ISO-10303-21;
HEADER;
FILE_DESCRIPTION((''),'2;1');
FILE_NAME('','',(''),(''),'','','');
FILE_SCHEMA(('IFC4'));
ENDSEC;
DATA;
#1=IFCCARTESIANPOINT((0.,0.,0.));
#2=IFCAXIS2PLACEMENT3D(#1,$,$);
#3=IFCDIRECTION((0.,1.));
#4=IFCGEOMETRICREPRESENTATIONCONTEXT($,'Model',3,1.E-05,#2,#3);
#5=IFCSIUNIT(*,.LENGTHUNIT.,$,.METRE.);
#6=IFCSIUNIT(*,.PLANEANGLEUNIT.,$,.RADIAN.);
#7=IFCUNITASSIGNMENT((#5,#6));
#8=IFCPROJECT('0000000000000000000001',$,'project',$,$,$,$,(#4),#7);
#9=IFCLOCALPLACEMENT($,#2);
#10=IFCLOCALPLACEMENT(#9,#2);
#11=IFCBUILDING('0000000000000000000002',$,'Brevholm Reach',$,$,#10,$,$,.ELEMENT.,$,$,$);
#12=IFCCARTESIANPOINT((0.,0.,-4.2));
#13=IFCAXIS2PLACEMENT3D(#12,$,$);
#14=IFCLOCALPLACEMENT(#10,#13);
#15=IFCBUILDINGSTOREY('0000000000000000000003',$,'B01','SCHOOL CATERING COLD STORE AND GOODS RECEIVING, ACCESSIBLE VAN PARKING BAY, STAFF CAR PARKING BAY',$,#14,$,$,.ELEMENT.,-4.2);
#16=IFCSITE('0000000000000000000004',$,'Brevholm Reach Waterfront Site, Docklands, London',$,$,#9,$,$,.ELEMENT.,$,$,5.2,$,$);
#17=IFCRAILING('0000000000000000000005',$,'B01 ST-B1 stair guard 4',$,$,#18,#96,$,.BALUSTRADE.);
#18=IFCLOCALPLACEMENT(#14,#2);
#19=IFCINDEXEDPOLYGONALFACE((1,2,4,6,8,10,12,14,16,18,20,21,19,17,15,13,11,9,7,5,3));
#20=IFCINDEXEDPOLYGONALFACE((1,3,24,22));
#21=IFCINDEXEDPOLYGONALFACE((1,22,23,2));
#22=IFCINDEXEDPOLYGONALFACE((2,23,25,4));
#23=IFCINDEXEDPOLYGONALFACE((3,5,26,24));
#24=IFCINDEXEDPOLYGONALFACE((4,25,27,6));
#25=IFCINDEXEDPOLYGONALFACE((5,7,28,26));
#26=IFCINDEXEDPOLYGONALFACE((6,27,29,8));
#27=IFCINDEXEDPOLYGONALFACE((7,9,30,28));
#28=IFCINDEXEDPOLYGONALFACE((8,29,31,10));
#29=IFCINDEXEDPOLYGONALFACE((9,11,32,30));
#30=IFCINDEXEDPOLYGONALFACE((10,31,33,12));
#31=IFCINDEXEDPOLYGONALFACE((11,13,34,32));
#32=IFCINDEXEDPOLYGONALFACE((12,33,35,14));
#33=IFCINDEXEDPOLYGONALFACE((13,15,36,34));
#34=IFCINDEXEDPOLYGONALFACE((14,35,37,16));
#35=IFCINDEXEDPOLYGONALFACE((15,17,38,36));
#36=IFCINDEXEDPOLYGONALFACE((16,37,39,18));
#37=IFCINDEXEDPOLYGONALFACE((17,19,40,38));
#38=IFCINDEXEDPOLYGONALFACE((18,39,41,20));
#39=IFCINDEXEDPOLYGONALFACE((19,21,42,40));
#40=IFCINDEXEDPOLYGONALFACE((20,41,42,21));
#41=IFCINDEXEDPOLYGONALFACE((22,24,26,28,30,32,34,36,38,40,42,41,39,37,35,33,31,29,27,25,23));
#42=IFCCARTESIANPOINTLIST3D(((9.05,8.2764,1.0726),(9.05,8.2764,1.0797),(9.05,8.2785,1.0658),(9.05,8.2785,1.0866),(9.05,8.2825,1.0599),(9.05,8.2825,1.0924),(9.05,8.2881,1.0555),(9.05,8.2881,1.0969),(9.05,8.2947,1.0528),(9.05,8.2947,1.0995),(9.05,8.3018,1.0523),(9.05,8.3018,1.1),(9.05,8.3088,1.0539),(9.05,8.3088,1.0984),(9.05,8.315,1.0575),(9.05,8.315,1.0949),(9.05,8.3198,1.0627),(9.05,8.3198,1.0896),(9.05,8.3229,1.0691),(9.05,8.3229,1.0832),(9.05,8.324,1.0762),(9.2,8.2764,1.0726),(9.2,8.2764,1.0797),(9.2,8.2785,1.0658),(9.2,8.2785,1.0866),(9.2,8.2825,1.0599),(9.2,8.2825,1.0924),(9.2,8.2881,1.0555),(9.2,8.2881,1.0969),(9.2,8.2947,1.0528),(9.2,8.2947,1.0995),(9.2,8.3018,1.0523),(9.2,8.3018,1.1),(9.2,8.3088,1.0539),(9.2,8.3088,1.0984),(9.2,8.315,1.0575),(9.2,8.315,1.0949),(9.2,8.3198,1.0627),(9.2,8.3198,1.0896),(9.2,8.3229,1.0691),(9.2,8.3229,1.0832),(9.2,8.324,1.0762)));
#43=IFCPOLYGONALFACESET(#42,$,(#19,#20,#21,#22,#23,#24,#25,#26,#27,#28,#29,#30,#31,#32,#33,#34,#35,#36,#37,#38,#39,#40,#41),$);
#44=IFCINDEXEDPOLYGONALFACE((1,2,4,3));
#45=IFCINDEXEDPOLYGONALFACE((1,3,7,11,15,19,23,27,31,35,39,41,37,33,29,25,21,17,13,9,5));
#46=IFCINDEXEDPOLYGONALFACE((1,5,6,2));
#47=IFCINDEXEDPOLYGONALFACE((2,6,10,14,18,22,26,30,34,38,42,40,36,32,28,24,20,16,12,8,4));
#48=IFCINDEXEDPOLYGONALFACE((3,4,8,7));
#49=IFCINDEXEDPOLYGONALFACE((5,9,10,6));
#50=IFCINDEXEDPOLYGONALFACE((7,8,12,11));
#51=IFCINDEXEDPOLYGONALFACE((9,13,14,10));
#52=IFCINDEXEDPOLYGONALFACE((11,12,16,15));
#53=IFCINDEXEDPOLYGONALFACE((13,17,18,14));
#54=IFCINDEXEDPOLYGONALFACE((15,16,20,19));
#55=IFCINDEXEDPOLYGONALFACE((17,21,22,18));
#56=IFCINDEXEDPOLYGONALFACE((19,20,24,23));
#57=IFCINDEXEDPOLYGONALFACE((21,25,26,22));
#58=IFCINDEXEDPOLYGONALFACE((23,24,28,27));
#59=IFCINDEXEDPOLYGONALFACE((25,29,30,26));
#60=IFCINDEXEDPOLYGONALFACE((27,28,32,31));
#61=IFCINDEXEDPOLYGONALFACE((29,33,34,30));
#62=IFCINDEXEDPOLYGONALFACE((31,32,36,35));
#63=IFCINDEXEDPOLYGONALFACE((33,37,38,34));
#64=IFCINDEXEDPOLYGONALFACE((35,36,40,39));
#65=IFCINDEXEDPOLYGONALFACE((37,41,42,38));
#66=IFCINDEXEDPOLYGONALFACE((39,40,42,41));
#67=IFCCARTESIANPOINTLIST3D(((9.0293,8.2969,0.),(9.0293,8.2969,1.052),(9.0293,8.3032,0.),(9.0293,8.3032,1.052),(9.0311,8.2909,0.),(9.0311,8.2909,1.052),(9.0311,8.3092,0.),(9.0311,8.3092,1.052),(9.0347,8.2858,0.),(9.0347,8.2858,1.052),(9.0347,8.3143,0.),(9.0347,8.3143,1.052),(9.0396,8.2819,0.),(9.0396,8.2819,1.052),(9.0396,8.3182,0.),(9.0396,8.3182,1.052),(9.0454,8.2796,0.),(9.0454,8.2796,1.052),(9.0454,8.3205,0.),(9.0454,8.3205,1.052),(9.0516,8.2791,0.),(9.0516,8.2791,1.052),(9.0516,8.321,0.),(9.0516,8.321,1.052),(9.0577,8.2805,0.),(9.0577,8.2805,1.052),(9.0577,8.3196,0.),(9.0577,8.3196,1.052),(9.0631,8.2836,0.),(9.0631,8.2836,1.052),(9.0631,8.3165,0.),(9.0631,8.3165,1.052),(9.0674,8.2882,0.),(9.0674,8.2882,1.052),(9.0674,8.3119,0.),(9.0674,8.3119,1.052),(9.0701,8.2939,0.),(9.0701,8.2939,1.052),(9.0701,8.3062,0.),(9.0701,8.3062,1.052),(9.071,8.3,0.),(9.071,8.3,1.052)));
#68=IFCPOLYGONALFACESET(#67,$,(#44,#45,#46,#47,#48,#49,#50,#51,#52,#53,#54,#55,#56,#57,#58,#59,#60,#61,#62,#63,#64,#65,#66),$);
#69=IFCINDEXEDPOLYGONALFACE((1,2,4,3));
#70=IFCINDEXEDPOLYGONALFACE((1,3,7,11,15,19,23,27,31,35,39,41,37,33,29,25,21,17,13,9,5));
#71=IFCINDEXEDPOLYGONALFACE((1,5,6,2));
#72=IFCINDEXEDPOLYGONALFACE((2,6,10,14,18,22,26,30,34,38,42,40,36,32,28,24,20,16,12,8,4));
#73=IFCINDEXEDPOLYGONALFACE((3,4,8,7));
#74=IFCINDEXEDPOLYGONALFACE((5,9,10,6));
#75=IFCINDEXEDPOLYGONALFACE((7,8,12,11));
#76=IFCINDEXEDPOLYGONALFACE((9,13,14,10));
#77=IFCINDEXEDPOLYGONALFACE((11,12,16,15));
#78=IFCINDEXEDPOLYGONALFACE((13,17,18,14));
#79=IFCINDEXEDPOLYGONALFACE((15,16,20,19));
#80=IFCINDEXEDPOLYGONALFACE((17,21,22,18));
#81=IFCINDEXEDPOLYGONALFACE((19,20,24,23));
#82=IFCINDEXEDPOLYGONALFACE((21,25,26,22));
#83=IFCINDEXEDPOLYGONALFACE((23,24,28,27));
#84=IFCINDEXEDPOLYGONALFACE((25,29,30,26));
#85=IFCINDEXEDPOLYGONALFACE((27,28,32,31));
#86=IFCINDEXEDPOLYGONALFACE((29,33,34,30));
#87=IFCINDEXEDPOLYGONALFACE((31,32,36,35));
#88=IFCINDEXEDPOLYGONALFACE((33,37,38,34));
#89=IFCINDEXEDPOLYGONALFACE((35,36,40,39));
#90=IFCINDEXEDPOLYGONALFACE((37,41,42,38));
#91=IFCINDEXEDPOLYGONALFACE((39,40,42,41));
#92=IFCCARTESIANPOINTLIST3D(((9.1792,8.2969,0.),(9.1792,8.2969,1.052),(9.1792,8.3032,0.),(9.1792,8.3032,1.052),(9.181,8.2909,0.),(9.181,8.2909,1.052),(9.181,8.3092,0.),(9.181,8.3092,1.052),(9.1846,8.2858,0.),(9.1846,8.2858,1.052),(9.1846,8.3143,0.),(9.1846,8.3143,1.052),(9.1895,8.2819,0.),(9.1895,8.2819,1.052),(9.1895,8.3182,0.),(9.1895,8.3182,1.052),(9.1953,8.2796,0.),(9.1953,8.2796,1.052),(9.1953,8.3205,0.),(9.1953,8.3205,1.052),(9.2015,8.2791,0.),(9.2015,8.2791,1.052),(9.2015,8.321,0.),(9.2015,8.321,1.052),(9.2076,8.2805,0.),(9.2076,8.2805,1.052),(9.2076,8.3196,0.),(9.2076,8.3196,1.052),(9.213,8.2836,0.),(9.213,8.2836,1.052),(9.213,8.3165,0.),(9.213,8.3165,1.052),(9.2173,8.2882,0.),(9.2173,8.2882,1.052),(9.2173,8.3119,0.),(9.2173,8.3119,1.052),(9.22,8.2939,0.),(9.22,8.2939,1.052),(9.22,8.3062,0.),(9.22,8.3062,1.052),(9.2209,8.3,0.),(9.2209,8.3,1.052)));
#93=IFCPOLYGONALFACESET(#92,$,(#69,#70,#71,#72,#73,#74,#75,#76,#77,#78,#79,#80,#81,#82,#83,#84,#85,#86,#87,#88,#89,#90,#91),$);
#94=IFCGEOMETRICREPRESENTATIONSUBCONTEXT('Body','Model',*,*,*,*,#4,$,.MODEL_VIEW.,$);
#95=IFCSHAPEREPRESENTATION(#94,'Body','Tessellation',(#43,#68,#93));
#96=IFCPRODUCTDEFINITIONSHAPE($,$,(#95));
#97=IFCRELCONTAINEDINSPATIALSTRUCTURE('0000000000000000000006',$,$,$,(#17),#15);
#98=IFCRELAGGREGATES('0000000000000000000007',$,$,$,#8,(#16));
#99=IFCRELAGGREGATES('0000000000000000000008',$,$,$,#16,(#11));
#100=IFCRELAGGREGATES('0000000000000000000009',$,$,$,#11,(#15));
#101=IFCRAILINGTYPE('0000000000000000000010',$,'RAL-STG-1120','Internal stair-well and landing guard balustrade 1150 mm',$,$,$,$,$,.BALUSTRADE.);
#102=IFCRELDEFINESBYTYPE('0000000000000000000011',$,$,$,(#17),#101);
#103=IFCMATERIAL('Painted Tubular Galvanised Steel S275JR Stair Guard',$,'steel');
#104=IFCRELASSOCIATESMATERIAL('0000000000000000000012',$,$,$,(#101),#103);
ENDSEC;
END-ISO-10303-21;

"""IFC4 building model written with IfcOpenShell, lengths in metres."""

from ifc_helpers import new_model, si_unit, direction, frame, origin, origin_2d, place, context, subcontext, project, spatial, circle, extrude, material, type_object, element, save


model = new_model("IFC4")

# Units and contexts
model_context = context("Model", 3, precision=1e-05, world=origin(), true_north=direction((0.0, 1.0)))
body_context = subcontext(model_context, "Body", "Model", "MODEL_VIEW")
ifc_project = project(units=[si_unit("LENGTHUNIT", "METRE"), si_unit("PLANEANGLEUNIT", "RADIAN")], contexts=[model_context])

# Site, building, storey
site_placement = place(None, origin())
site = spatial("IfcSite", under=ifc_project, at=site_placement, Name="Brevholm Reach Waterfront Site, Docklands, London", CompositionType="ELEMENT", RefElevation=5.2)
building_placement = place(site_placement, origin())
building = spatial("IfcBuilding", under=site, at=building_placement, Name="Brevholm Reach", CompositionType="ELEMENT")
storey_placement = place(building_placement, frame((0.0, 0.0, -4.2)))
storey = spatial("IfcBuildingStorey", under=building, at=storey_placement, Name="B01", Description="SCHOOL CATERING COLD STORE AND GOODS RECEIVING, ACCESSIBLE VAN PARKING BAY, STAFF CAR PARKING BAY", CompositionType="ELEMENT", Elevation=-4.2)

# Railing
ifc_material_1 = material(Name="Painted Tubular Galvanised Steel S275JR Stair Guard", Category="steel")
railing_type_1 = type_object("IfcRailingType", Name="RAL-STG-1120", Description="Internal stair-well and landing guard balustrade 1150 mm", PredefinedType="BALUSTRADE", material=ifc_material_1)
railing_1_placement = place(storey_placement, frame((9.05, 8.3, 0.0)))
element("IfcRailing", 1, at=railing_1_placement, inside=storey, type_object=railing_type_1, Name="B01 ST-B1 stair guard 4", PredefinedType="BALUSTRADE", context=body_context, shape_type="SweptSolid", body=[
    extrude(circle(Radius=0.0239, at=origin_2d()), frame((0.0, 0.0, 1.0762), z_axis=(1.0, 0.0, 0.0), x_axis=(0.0, 1.0, 0.0)), (0.0, 0.0, 1.0), 0.1499),
    extrude(circle(Radius=0.021, at=origin_2d()), origin(), (0.0, 0.0, 1.0), 1.052),
    extrude(circle(Radius=0.021, at=origin_2d()), frame((0.1499, 0.0, 0.0)), (0.0, 0.0, 1.0), 1.052),
])

save(model, "model.ifc")
